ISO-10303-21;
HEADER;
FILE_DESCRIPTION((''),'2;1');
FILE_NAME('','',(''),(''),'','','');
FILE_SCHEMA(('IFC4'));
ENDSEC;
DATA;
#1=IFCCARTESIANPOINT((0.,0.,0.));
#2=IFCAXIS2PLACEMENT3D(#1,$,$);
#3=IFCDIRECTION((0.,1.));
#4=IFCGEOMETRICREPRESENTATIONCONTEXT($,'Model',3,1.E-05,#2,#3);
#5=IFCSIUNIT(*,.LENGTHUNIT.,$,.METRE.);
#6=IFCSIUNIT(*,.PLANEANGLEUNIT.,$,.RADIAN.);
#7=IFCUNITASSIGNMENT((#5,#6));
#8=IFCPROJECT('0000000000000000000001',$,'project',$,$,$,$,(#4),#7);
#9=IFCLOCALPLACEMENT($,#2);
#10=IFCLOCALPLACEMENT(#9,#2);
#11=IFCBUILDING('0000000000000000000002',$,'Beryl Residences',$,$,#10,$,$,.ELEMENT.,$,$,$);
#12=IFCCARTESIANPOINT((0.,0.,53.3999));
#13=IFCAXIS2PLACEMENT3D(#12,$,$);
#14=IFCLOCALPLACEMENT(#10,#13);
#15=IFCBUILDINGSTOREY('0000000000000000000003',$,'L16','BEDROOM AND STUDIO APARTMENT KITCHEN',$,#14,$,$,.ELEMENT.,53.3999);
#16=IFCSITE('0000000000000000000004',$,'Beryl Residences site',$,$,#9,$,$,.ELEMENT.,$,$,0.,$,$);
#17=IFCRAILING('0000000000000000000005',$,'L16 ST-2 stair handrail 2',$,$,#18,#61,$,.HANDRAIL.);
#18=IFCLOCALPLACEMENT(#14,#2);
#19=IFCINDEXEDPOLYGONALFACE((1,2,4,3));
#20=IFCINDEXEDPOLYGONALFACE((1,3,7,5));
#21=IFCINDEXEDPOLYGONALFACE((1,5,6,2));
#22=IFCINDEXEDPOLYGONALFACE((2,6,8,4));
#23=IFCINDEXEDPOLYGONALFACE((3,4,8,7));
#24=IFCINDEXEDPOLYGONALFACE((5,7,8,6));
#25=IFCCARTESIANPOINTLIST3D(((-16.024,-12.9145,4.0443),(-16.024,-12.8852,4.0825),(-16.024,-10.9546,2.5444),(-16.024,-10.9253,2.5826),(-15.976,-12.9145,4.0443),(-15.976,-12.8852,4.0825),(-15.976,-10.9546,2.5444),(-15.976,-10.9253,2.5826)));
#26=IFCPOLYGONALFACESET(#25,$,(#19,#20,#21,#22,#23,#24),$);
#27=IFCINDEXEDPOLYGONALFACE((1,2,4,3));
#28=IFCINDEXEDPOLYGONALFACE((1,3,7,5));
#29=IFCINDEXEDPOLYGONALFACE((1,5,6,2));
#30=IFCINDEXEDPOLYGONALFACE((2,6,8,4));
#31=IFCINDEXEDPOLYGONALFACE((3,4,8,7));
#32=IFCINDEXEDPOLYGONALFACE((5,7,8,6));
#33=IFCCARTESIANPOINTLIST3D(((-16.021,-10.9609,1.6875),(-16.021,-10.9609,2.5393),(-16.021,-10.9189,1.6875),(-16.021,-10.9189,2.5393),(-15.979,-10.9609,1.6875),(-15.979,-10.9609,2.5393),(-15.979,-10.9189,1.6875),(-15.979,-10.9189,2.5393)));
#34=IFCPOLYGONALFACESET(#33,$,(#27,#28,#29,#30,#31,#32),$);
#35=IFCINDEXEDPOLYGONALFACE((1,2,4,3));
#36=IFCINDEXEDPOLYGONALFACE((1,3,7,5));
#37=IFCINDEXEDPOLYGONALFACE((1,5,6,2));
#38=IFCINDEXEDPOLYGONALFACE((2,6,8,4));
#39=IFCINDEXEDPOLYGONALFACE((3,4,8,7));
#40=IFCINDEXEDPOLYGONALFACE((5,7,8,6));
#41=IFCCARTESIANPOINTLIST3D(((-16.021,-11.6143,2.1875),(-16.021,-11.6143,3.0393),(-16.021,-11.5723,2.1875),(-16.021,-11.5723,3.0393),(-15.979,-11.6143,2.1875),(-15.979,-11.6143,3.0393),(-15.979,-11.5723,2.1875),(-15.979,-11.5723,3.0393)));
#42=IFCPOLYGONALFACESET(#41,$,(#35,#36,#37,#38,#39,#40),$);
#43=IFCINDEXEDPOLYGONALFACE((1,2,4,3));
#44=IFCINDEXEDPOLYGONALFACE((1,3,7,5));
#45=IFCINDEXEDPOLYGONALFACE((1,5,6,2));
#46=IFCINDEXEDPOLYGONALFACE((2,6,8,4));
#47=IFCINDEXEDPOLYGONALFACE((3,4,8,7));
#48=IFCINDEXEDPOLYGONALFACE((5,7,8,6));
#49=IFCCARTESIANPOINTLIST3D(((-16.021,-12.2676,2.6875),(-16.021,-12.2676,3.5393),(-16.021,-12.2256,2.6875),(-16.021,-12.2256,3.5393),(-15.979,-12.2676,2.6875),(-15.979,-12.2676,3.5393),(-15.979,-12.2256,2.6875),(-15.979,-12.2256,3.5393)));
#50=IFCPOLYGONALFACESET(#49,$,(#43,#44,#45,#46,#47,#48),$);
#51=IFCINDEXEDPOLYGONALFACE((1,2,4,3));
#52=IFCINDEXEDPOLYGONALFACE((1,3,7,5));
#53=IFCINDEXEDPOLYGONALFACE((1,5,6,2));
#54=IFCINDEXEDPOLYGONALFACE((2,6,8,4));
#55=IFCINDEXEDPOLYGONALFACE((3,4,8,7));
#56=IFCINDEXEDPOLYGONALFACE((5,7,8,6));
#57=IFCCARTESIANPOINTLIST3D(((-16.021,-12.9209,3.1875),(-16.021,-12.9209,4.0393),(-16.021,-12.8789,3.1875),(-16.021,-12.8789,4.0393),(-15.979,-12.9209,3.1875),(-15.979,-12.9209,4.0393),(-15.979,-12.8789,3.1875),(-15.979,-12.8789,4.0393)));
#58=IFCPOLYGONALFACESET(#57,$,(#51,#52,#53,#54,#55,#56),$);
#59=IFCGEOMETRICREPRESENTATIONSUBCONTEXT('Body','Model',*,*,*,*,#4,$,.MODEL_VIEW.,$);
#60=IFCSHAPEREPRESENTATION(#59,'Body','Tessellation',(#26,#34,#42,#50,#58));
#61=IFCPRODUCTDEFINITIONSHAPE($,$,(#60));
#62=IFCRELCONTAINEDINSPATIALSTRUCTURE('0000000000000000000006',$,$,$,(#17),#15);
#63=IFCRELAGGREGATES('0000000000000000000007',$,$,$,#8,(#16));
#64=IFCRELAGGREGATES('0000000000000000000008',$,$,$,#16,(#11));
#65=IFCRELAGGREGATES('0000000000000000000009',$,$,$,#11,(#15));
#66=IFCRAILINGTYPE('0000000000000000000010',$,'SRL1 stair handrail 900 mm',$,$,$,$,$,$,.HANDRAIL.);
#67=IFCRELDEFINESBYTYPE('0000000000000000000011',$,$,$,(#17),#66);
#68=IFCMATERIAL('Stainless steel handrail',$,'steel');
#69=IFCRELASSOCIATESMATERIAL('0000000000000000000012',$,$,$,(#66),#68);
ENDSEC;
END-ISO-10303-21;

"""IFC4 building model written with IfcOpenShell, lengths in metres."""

from ifc_helpers import new_model, si_unit, direction, frame, origin, origin_2d, place, context, subcontext, project, spatial, rectangle, extrude, material, type_object, element, save


model = new_model("IFC4")

# Units and contexts
model_context = context("Model", 3, precision=1e-05, world=origin(), true_north=direction((0.0, 1.0)))
body_context = subcontext(model_context, "Body", "Model", "MODEL_VIEW")
ifc_project = project(units=[si_unit("LENGTHUNIT", "METRE"), si_unit("PLANEANGLEUNIT", "RADIAN")], contexts=[model_context])

# Site, building, storey
site_placement = place(None, origin())
site = spatial("IfcSite", under=ifc_project, at=site_placement, Name="Beryl Residences site", CompositionType="ELEMENT", RefElevation=0.0)
building_placement = place(site_placement, origin())
building = spatial("IfcBuilding", under=site, at=building_placement, Name="Beryl Residences", CompositionType="ELEMENT")
storey_placement = place(building_placement, frame((0.0, 0.0, 53.3999)))
storey = spatial("IfcBuildingStorey", under=building, at=storey_placement, Name="L16", Description="BEDROOM AND STUDIO APARTMENT KITCHEN", CompositionType="ELEMENT", Elevation=53.3999)

# Railing
ifc_material_1 = material(Name="Stainless steel handrail", Category="steel")
railing_type_1 = type_object("IfcRailingType", Name="SRL1 stair handrail 900 mm", PredefinedType="HANDRAIL", material=ifc_material_1)
railing_1_placement = place(storey_placement, frame((-16.0, -10.9399, 1.6875)))
element("IfcRailing", 1, at=railing_1_placement, inside=storey, type_object=railing_type_1, Name="L16 ST-2 stair handrail 2", PredefinedType="HANDRAIL", context=body_context, shape_type="SweptSolid", body=[
    extrude(rectangle(XDim=0.0481, YDim=0.0481, at=origin_2d()), frame((0.0, 0.0, 0.876), z_axis=(0.0, -0.794122, 0.607758), x_axis=(1.0, 0.0, 0.0)), (0.0, 0.0, 1.0), 2.468),
    extrude(rectangle(XDim=0.042, YDim=0.042, at=origin_2d()), origin(), (0.0, 0.0, 1.0), 0.8518),
    extrude(rectangle(XDim=0.042, YDim=0.042, at=origin_2d()), frame((0.0, -0.6533, 0.5)), (0.0, 0.0, 1.0), 0.8518),
    extrude(rectangle(XDim=0.042, YDim=0.042, at=origin_2d()), frame((0.0, -1.3066, 1.0)), (0.0, 0.0, 1.0), 0.8518),
    extrude(rectangle(XDim=0.042, YDim=0.042, at=origin_2d()), frame((0.0, -1.96, 1.5)), (0.0, 0.0, 1.0), 0.8518),
])

save(model, "model.ifc")
